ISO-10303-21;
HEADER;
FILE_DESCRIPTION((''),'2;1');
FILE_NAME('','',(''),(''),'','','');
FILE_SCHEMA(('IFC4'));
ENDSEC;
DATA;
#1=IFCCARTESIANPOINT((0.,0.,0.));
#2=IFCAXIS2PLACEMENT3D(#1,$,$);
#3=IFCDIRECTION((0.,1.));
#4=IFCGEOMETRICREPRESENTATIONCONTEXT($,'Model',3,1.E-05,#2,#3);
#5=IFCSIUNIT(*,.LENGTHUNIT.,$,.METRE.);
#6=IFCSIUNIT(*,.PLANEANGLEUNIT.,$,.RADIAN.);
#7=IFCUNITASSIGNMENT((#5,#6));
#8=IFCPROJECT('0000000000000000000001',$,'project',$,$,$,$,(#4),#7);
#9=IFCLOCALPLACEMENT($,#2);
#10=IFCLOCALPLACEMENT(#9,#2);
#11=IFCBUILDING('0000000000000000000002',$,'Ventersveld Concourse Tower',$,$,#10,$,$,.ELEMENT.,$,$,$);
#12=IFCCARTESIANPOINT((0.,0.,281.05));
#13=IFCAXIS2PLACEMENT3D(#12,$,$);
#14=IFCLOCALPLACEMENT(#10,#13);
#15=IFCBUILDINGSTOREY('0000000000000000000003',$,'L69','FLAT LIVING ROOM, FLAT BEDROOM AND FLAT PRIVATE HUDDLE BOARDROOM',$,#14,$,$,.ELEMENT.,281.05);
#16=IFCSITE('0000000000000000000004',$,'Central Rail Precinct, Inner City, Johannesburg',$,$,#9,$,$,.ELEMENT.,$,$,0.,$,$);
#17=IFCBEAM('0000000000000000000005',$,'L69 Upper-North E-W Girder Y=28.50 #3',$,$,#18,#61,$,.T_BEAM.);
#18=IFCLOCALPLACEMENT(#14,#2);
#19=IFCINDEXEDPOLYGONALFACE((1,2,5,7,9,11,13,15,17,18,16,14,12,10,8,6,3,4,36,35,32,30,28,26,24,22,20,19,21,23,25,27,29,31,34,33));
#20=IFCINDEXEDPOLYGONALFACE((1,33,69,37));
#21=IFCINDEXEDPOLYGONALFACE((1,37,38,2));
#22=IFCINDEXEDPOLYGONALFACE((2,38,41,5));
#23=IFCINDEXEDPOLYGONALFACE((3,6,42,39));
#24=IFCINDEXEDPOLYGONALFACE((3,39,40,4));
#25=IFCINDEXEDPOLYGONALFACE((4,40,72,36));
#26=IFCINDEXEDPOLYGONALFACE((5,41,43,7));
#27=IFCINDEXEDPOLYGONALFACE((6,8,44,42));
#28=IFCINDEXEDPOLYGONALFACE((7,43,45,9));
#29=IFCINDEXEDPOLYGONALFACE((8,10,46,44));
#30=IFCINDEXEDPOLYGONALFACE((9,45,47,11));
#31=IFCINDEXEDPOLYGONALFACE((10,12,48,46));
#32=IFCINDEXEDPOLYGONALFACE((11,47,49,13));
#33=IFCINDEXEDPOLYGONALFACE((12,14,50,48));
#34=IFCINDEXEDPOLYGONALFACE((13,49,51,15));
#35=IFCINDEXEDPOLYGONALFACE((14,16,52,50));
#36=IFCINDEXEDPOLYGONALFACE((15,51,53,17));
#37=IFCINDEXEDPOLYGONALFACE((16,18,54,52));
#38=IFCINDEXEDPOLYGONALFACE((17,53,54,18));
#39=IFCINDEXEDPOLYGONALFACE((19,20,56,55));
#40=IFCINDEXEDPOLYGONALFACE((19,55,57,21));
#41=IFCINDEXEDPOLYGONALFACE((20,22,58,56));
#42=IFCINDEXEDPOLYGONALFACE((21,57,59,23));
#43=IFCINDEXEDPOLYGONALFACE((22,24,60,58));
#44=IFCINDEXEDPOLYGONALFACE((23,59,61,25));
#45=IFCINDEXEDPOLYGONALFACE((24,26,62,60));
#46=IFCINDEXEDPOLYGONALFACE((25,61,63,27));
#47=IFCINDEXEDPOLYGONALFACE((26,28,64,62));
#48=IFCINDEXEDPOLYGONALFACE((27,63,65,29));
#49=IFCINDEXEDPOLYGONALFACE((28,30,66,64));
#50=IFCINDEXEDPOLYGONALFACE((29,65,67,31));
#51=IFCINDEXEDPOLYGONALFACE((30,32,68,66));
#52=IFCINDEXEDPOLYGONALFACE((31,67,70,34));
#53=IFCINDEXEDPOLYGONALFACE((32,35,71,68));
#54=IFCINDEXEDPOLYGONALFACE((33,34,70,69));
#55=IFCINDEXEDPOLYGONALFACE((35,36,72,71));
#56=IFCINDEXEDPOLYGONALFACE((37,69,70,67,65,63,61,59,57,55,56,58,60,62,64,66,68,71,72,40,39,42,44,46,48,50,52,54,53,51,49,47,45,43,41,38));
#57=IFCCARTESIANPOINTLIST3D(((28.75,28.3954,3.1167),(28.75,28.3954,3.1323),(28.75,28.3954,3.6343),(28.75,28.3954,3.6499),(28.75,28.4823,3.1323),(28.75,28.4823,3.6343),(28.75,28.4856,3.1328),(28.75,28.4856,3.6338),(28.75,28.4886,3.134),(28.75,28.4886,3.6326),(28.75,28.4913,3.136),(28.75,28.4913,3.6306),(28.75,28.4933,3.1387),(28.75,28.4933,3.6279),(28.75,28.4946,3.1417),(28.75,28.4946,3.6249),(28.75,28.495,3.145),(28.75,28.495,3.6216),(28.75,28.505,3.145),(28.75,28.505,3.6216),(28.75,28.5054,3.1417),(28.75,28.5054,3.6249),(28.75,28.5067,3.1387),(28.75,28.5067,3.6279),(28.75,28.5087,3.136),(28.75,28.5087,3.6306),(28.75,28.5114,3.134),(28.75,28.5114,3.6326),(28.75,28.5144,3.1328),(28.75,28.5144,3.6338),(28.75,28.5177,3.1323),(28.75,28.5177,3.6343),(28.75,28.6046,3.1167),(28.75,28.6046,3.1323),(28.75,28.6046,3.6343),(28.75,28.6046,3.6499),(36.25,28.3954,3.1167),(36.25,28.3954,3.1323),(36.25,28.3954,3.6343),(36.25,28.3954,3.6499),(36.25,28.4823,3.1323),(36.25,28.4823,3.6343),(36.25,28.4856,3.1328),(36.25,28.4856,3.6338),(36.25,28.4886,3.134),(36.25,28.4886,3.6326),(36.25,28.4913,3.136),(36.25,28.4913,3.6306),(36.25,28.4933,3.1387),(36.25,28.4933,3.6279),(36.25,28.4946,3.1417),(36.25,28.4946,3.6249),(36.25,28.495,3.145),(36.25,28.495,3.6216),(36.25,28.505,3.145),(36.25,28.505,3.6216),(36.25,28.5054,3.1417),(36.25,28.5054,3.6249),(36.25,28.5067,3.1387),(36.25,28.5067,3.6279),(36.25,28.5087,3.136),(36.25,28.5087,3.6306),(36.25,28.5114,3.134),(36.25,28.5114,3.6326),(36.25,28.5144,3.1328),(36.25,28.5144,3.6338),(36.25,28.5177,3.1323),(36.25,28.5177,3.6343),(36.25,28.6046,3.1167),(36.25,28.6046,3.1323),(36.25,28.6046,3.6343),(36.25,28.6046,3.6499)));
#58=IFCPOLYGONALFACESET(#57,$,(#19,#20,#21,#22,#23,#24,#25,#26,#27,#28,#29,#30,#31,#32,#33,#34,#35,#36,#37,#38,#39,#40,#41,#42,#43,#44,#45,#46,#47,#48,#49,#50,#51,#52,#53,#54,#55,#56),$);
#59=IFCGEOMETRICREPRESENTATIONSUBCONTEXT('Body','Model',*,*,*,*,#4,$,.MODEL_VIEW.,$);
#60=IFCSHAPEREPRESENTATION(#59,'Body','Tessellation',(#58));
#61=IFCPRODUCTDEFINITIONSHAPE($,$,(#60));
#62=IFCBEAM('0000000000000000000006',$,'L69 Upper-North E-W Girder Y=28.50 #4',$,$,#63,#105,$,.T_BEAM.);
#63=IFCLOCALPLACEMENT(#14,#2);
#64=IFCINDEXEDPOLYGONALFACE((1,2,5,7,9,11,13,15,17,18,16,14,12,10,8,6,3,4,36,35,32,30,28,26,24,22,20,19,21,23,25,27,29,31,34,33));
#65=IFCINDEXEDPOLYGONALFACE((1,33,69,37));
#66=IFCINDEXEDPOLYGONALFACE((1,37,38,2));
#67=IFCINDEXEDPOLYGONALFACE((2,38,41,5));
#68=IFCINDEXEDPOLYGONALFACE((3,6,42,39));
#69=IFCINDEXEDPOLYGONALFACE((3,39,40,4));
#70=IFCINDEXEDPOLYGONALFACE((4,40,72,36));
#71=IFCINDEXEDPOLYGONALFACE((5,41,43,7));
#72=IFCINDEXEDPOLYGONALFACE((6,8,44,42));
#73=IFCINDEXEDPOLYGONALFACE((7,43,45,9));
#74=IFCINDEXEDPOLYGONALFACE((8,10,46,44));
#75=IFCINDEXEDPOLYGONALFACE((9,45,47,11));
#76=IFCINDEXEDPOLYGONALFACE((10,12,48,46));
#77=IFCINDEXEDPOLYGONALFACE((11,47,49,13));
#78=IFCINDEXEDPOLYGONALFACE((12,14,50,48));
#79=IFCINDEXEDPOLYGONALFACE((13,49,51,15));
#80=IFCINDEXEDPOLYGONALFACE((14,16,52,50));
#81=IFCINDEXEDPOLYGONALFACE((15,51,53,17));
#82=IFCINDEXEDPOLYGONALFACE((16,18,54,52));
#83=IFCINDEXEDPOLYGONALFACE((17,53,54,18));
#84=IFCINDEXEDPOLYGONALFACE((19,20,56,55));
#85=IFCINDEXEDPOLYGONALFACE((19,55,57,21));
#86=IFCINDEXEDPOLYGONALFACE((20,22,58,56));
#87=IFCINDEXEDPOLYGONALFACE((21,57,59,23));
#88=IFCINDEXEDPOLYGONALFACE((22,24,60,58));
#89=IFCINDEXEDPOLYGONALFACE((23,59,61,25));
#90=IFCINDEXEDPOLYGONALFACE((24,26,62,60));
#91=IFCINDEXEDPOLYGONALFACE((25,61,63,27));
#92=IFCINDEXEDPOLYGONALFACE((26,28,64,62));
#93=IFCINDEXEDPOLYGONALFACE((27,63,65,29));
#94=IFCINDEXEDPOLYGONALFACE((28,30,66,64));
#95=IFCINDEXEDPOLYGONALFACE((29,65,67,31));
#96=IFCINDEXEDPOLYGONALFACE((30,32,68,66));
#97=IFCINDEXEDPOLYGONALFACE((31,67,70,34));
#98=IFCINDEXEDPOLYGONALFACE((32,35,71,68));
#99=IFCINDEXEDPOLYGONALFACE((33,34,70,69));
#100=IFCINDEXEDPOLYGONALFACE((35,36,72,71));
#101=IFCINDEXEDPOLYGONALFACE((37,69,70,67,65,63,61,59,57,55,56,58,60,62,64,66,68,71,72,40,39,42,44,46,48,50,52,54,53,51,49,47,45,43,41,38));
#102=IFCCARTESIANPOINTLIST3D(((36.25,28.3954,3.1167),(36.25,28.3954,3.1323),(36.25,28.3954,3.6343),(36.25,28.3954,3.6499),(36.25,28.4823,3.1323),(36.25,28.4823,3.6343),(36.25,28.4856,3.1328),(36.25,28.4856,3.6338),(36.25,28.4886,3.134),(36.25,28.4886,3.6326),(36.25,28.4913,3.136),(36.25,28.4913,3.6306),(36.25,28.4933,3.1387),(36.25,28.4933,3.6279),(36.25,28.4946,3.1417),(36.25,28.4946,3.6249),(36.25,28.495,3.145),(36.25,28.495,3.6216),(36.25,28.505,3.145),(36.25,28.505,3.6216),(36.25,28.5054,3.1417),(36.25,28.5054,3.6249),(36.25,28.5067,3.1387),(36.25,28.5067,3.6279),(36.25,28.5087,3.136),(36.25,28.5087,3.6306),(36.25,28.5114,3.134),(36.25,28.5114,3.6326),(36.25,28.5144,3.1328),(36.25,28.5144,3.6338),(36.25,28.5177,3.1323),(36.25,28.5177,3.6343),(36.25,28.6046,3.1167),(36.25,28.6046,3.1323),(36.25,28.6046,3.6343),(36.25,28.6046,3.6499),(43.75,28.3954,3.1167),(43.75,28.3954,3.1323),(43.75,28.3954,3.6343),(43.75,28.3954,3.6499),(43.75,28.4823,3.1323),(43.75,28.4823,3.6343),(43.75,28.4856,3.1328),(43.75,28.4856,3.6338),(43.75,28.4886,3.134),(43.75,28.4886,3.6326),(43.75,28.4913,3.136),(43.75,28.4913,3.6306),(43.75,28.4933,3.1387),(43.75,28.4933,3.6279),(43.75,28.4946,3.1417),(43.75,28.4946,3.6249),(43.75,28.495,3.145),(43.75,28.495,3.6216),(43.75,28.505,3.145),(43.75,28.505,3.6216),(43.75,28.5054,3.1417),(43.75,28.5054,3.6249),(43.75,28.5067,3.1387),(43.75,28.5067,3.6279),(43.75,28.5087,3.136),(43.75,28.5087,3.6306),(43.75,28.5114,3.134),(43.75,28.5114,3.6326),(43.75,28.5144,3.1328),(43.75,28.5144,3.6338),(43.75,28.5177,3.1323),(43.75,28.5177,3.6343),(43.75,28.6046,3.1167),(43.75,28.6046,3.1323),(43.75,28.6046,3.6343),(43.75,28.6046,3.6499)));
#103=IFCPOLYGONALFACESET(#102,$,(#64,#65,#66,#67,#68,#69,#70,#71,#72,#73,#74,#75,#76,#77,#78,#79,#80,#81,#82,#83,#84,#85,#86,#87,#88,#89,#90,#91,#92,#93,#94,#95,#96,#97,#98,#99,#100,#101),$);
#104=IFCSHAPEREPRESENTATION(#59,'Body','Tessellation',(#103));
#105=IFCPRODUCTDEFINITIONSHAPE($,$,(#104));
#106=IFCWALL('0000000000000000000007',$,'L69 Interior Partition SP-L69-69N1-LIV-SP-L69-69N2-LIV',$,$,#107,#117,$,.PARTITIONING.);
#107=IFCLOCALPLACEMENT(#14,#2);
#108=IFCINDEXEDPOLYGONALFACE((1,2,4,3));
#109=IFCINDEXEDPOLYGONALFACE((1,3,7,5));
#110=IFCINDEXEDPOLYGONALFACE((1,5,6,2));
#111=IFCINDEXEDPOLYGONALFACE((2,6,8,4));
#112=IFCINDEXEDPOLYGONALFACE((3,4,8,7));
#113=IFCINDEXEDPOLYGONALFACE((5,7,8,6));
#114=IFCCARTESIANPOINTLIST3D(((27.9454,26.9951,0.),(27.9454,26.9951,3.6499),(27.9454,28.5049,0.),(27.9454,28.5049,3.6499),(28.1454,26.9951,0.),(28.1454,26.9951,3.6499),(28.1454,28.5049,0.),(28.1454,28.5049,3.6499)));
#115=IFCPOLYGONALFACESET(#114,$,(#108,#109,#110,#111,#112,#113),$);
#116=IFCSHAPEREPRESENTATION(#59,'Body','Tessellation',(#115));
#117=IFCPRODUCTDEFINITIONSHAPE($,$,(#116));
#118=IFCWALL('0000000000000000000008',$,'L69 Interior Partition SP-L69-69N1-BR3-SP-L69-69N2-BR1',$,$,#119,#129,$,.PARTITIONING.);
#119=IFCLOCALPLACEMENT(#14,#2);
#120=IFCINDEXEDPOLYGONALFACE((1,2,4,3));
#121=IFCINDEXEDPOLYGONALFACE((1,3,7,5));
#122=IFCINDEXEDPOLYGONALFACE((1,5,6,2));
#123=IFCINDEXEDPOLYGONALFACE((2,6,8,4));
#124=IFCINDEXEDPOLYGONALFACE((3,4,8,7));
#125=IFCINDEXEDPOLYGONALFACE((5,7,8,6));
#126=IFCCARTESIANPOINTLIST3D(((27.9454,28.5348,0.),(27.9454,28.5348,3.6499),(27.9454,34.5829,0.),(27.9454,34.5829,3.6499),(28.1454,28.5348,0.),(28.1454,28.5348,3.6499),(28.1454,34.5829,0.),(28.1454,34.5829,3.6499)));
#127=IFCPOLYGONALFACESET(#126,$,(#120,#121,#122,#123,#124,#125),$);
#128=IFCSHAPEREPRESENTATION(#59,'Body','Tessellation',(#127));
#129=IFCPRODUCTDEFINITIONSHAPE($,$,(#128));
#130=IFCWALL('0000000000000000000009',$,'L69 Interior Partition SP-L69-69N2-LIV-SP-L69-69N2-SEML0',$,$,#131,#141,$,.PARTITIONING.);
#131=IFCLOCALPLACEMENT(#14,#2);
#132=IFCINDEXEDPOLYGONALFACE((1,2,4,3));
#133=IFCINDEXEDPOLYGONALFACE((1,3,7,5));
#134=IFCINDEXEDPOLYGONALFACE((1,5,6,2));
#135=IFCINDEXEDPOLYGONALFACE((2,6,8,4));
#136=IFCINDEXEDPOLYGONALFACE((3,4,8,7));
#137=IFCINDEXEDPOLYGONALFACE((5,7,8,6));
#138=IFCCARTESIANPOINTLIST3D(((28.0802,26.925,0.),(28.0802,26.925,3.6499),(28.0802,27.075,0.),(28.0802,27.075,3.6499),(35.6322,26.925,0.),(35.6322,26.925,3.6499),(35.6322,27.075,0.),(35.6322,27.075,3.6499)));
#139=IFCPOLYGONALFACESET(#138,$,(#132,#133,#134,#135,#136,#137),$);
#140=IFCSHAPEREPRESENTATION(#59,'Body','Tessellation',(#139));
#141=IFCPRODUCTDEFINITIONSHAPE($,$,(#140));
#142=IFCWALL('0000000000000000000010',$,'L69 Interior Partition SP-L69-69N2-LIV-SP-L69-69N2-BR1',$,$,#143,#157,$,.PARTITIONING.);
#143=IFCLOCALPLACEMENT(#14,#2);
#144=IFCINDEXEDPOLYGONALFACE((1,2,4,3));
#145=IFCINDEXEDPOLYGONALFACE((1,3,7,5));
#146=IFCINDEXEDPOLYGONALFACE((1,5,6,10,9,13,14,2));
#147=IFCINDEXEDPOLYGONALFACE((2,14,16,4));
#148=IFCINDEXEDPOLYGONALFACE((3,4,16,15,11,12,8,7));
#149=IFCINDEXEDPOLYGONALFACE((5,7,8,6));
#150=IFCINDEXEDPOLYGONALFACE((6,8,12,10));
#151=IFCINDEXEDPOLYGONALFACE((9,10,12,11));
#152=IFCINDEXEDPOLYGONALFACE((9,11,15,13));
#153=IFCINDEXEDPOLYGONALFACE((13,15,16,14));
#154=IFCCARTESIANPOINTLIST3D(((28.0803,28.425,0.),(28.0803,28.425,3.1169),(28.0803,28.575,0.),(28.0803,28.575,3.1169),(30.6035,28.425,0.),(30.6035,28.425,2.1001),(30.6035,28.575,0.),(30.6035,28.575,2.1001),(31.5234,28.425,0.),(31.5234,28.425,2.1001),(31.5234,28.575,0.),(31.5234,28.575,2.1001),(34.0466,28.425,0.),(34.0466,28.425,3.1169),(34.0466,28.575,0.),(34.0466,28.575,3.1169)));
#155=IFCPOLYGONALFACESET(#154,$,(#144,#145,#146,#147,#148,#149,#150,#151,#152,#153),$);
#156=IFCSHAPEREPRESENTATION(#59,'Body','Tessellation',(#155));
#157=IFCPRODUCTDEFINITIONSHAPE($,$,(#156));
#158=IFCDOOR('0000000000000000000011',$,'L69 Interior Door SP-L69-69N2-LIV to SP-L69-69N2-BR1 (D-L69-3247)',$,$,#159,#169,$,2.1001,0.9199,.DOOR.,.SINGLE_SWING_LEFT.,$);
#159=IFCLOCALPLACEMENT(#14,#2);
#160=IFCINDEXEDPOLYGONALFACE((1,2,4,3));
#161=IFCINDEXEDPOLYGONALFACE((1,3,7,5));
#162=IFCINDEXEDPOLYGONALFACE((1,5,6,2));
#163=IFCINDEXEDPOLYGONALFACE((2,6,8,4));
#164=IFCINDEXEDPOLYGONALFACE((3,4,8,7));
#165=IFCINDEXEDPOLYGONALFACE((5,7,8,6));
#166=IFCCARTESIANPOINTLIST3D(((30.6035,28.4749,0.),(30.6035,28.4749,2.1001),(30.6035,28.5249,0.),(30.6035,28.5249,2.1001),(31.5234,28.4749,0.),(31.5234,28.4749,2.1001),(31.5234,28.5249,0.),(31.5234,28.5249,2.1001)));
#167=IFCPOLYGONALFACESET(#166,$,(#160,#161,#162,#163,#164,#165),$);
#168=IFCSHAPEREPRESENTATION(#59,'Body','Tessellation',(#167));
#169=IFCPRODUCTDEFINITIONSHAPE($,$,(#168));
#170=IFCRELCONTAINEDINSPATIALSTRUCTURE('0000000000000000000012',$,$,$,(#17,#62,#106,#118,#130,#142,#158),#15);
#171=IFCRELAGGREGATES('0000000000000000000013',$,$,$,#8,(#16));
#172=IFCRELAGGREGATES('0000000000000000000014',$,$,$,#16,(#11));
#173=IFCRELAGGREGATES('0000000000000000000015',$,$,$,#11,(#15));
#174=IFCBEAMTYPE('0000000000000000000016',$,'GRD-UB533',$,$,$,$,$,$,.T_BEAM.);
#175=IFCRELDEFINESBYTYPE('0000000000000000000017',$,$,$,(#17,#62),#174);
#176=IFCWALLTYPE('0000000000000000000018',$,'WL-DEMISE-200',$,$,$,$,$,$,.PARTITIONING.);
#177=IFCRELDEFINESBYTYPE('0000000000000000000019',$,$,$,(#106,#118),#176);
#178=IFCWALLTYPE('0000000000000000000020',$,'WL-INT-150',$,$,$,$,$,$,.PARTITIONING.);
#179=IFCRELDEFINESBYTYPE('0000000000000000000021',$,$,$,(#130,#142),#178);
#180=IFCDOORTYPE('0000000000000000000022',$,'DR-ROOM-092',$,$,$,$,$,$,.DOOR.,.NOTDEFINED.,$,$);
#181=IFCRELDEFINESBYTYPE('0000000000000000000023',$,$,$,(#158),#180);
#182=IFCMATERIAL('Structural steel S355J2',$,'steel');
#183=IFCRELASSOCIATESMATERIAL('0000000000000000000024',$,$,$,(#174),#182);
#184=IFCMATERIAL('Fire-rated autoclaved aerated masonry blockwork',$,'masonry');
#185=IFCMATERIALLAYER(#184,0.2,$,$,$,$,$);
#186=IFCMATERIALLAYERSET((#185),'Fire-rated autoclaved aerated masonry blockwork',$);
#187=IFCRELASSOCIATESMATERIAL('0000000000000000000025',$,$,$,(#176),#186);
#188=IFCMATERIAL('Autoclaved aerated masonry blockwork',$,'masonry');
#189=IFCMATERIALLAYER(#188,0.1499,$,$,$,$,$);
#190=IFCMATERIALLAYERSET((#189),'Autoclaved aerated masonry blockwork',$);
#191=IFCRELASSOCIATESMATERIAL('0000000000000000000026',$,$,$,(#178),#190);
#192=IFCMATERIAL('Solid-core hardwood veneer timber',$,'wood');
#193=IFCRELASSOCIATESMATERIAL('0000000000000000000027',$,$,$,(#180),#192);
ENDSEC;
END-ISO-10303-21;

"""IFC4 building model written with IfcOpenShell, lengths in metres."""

from ifc_helpers import new_model, si_unit, direction, frame, frame_2d, origin, origin_2d, place, context, subcontext, project, spatial, rectangle, i_section, extrude, material, layer, layer_set, material_profile, profile_set, type_object, element, fill, save


model = new_model("IFC4")

# Units and contexts
model_context = context("Model", 3, precision=1e-05, world=origin(), true_north=direction((0.0, 1.0)))
body_context = subcontext(model_context, "Body", "Model", "MODEL_VIEW")
ifc_project = project(units=[si_unit("LENGTHUNIT", "METRE"), si_unit("PLANEANGLEUNIT", "RADIAN")], contexts=[model_context])

# Site, building, storey
site_placement = place(None, origin())
site = spatial("IfcSite", under=ifc_project, at=site_placement, Name="Central Rail Precinct, Inner City, Johannesburg", CompositionType="ELEMENT", RefElevation=0.0)
building_placement = place(site_placement, origin())
building = spatial("IfcBuilding", under=site, at=building_placement, Name="Ventersveld Concourse Tower", CompositionType="ELEMENT")
storey_placement = place(building_placement, frame((0.0, 0.0, 281.05)))
storey = spatial("IfcBuildingStorey", under=building, at=storey_placement, Name="L69", Description="FLAT LIVING ROOM, FLAT BEDROOM AND FLAT PRIVATE HUDDLE BOARDROOM", CompositionType="ELEMENT", Elevation=281.05)

# Beams
ifc_material_1 = material(Name="Structural steel S355J2", Category="steel")
ifc_material_profile_1 = material_profile(ifc_material_1, i_section(OverallWidth=0.2092, OverallDepth=0.5332, WebThickness=0.01, FlangeThickness=0.0156, FilletRadius=0.0127, at=origin_2d()), Name="UB 533x210x92")
ifc_profile_set_1 = profile_set([ifc_material_profile_1], Name="Structural steel S355J2")
beam_type_1 = type_object("IfcBeamType", Name="GRD-UB533", PredefinedType="T_BEAM", material=ifc_profile_set_1)
for number, where, z_axis, x_axis, name in (
    (1, (28.75, 28.5, 3.3833), (1.0, 0.0, 0.0), (0.0, 1.0, 0.0), "L69 Upper-North E-W Girder Y=28.50 #3"),
    (2, (36.25, 28.5, 3.3833), (1.0, 0.0, 0.0), (0.0, 1.0, 0.0), "L69 Upper-North E-W Girder Y=28.50 #4"),
):
    element("IfcBeam", number, at=place(storey_placement, frame(where, z_axis=z_axis, x_axis=x_axis)), inside=storey, type_object=beam_type_1, Name=name, PredefinedType="T_BEAM", context=body_context, shape_type="SweptSolid", body=[
        extrude(i_section(OverallWidth=0.2092, OverallDepth=0.5332, WebThickness=0.01, FlangeThickness=0.0156, FilletRadius=0.0127, at=origin_2d()), origin(), (0.0, 0.0, 1.0), 7.5),
    ])

# Walls
ifc_material_2 = material(Name="Fire-rated autoclaved aerated masonry blockwork", Category="masonry")
ifc_layer_1 = layer(ifc_material_2, 0.2)
ifc_layer_set_1 = layer_set([ifc_layer_1], Name="Fire-rated autoclaved aerated masonry blockwork")
wall_type_1 = type_object("IfcWallType", Name="WL-DEMISE-200", PredefinedType="PARTITIONING", material=ifc_layer_set_1)
wall_1_placement = place(storey_placement, frame((28.0454, 26.9951, 0.0), z_axis=(0.0, 0.0, 1.0), x_axis=(0.0, 1.0, 0.0)))
element("IfcWall", 3, at=wall_1_placement, inside=storey, type_object=wall_type_1, Name="L69 Interior Partition SP-L69-69N1-LIV-SP-L69-69N2-LIV", PredefinedType="PARTITIONING", context=body_context, shape_type="SweptSolid", body=[
    extrude(rectangle(XDim=1.5098, YDim=0.2, at=frame_2d((0.7549, 0.0))), origin(), (0.0, 0.0, 1.0), 3.6499),
])
wall_2_placement = place(storey_placement, frame((28.0454, 28.5349, 0.0), z_axis=(0.0, 0.0, 1.0), x_axis=(0.0, 1.0, 0.0)))
element("IfcWall", 4, at=wall_2_placement, inside=storey, type_object=wall_type_1, Name="L69 Interior Partition SP-L69-69N1-BR3-SP-L69-69N2-BR1", PredefinedType="PARTITIONING", context=body_context, shape_type="SweptSolid", body=[
    extrude(rectangle(XDim=6.0481, YDim=0.2, at=frame_2d((3.0239, 0.0))), origin(), (0.0, 0.0, 1.0), 3.6499),
])
ifc_material_3 = material(Name="Autoclaved aerated masonry blockwork", Category="masonry")
ifc_layer_2 = layer(ifc_material_3, 0.1499)
ifc_layer_set_2 = layer_set([ifc_layer_2], Name="Autoclaved aerated masonry blockwork")
wall_type_2 = type_object("IfcWallType", Name="WL-INT-150", PredefinedType="PARTITIONING", material=ifc_layer_set_2)
wall_3_placement = place(storey_placement, frame((28.0803, 27.0, 0.0), z_axis=(0.0, 0.0, 1.0), x_axis=(1.0, 0.0, 0.0)))
element("IfcWall", 5, at=wall_3_placement, inside=storey, type_object=wall_type_2, Name="L69 Interior Partition SP-L69-69N2-LIV-SP-L69-69N2-SEML0", PredefinedType="PARTITIONING", context=body_context, shape_type="SweptSolid", body=[
    extrude(rectangle(XDim=7.552, YDim=0.1499, at=frame_2d((3.7759, 0.0))), origin(), (0.0, 0.0, 1.0), 3.6499),
])

# Wall, opening, door
wall_4_placement = place(storey_placement, frame((28.0803, 28.5, 0.0), z_axis=(0.0, 0.0, 1.0), x_axis=(1.0, 0.0, 0.0)))
wall_4 = element("IfcWall", 6, at=wall_4_placement, inside=storey, type_object=wall_type_2, Name="L69 Interior Partition SP-L69-69N2-LIV-SP-L69-69N2-BR1", PredefinedType="PARTITIONING", context=body_context, shape_type="SweptSolid", body=[
    extrude(rectangle(XDim=5.9663, YDim=0.1499, at=frame_2d((2.9832, 0.0))), origin(), (0.0, 0.0, 1.0), 3.1169),
])
opening_1_placement = place(wall_4_placement, frame((2.5232, 0.0, 0.0)))
opening_1 = element("IfcOpeningElement", 7, at=opening_1_placement, cuts=wall_4, PredefinedType="OPENING", context=body_context, shape_type="SweptSolid", body=[
    extrude(rectangle(XDim=0.9199, YDim=2.1001, at=frame_2d((0.46, 1.05))), frame((0.0, 0.085, 0.0), z_axis=(0.0, -1.0, 0.0), x_axis=(1.0, 0.0, 0.0)), (0.0, 0.0, 1.0), 0.1699),
])
ifc_material_4 = material(Name="Solid-core hardwood veneer timber", Category="wood")
door_type = type_object("IfcDoorType", Name="DR-ROOM-092", OperationType="NOTDEFINED", PredefinedType="DOOR", material=ifc_material_4)
door_1_placement = place(opening_1_placement, origin())
door_1 = element("IfcDoor", 8, at=door_1_placement, inside=storey, type_object=door_type, Name="L69 Interior Door SP-L69-69N2-LIV to SP-L69-69N2-BR1 (D-L69-3247)", OperationType="SINGLE_SWING_LEFT", OverallHeight=2.1001, OverallWidth=0.9199, PredefinedType="DOOR", context=body_context, shape_type="SweptSolid", body=[
    extrude(rectangle(XDim=0.9199, YDim=2.1001, at=frame_2d((0.46, 1.05))), frame((0.0, 0.0249, 0.0), z_axis=(0.0, -1.0, 0.0), x_axis=(1.0, 0.0, 0.0)), (0.0, 0.0, 1.0), 0.05),
])
fill(opening_1, door_1)

save(model, "model.ifc")
